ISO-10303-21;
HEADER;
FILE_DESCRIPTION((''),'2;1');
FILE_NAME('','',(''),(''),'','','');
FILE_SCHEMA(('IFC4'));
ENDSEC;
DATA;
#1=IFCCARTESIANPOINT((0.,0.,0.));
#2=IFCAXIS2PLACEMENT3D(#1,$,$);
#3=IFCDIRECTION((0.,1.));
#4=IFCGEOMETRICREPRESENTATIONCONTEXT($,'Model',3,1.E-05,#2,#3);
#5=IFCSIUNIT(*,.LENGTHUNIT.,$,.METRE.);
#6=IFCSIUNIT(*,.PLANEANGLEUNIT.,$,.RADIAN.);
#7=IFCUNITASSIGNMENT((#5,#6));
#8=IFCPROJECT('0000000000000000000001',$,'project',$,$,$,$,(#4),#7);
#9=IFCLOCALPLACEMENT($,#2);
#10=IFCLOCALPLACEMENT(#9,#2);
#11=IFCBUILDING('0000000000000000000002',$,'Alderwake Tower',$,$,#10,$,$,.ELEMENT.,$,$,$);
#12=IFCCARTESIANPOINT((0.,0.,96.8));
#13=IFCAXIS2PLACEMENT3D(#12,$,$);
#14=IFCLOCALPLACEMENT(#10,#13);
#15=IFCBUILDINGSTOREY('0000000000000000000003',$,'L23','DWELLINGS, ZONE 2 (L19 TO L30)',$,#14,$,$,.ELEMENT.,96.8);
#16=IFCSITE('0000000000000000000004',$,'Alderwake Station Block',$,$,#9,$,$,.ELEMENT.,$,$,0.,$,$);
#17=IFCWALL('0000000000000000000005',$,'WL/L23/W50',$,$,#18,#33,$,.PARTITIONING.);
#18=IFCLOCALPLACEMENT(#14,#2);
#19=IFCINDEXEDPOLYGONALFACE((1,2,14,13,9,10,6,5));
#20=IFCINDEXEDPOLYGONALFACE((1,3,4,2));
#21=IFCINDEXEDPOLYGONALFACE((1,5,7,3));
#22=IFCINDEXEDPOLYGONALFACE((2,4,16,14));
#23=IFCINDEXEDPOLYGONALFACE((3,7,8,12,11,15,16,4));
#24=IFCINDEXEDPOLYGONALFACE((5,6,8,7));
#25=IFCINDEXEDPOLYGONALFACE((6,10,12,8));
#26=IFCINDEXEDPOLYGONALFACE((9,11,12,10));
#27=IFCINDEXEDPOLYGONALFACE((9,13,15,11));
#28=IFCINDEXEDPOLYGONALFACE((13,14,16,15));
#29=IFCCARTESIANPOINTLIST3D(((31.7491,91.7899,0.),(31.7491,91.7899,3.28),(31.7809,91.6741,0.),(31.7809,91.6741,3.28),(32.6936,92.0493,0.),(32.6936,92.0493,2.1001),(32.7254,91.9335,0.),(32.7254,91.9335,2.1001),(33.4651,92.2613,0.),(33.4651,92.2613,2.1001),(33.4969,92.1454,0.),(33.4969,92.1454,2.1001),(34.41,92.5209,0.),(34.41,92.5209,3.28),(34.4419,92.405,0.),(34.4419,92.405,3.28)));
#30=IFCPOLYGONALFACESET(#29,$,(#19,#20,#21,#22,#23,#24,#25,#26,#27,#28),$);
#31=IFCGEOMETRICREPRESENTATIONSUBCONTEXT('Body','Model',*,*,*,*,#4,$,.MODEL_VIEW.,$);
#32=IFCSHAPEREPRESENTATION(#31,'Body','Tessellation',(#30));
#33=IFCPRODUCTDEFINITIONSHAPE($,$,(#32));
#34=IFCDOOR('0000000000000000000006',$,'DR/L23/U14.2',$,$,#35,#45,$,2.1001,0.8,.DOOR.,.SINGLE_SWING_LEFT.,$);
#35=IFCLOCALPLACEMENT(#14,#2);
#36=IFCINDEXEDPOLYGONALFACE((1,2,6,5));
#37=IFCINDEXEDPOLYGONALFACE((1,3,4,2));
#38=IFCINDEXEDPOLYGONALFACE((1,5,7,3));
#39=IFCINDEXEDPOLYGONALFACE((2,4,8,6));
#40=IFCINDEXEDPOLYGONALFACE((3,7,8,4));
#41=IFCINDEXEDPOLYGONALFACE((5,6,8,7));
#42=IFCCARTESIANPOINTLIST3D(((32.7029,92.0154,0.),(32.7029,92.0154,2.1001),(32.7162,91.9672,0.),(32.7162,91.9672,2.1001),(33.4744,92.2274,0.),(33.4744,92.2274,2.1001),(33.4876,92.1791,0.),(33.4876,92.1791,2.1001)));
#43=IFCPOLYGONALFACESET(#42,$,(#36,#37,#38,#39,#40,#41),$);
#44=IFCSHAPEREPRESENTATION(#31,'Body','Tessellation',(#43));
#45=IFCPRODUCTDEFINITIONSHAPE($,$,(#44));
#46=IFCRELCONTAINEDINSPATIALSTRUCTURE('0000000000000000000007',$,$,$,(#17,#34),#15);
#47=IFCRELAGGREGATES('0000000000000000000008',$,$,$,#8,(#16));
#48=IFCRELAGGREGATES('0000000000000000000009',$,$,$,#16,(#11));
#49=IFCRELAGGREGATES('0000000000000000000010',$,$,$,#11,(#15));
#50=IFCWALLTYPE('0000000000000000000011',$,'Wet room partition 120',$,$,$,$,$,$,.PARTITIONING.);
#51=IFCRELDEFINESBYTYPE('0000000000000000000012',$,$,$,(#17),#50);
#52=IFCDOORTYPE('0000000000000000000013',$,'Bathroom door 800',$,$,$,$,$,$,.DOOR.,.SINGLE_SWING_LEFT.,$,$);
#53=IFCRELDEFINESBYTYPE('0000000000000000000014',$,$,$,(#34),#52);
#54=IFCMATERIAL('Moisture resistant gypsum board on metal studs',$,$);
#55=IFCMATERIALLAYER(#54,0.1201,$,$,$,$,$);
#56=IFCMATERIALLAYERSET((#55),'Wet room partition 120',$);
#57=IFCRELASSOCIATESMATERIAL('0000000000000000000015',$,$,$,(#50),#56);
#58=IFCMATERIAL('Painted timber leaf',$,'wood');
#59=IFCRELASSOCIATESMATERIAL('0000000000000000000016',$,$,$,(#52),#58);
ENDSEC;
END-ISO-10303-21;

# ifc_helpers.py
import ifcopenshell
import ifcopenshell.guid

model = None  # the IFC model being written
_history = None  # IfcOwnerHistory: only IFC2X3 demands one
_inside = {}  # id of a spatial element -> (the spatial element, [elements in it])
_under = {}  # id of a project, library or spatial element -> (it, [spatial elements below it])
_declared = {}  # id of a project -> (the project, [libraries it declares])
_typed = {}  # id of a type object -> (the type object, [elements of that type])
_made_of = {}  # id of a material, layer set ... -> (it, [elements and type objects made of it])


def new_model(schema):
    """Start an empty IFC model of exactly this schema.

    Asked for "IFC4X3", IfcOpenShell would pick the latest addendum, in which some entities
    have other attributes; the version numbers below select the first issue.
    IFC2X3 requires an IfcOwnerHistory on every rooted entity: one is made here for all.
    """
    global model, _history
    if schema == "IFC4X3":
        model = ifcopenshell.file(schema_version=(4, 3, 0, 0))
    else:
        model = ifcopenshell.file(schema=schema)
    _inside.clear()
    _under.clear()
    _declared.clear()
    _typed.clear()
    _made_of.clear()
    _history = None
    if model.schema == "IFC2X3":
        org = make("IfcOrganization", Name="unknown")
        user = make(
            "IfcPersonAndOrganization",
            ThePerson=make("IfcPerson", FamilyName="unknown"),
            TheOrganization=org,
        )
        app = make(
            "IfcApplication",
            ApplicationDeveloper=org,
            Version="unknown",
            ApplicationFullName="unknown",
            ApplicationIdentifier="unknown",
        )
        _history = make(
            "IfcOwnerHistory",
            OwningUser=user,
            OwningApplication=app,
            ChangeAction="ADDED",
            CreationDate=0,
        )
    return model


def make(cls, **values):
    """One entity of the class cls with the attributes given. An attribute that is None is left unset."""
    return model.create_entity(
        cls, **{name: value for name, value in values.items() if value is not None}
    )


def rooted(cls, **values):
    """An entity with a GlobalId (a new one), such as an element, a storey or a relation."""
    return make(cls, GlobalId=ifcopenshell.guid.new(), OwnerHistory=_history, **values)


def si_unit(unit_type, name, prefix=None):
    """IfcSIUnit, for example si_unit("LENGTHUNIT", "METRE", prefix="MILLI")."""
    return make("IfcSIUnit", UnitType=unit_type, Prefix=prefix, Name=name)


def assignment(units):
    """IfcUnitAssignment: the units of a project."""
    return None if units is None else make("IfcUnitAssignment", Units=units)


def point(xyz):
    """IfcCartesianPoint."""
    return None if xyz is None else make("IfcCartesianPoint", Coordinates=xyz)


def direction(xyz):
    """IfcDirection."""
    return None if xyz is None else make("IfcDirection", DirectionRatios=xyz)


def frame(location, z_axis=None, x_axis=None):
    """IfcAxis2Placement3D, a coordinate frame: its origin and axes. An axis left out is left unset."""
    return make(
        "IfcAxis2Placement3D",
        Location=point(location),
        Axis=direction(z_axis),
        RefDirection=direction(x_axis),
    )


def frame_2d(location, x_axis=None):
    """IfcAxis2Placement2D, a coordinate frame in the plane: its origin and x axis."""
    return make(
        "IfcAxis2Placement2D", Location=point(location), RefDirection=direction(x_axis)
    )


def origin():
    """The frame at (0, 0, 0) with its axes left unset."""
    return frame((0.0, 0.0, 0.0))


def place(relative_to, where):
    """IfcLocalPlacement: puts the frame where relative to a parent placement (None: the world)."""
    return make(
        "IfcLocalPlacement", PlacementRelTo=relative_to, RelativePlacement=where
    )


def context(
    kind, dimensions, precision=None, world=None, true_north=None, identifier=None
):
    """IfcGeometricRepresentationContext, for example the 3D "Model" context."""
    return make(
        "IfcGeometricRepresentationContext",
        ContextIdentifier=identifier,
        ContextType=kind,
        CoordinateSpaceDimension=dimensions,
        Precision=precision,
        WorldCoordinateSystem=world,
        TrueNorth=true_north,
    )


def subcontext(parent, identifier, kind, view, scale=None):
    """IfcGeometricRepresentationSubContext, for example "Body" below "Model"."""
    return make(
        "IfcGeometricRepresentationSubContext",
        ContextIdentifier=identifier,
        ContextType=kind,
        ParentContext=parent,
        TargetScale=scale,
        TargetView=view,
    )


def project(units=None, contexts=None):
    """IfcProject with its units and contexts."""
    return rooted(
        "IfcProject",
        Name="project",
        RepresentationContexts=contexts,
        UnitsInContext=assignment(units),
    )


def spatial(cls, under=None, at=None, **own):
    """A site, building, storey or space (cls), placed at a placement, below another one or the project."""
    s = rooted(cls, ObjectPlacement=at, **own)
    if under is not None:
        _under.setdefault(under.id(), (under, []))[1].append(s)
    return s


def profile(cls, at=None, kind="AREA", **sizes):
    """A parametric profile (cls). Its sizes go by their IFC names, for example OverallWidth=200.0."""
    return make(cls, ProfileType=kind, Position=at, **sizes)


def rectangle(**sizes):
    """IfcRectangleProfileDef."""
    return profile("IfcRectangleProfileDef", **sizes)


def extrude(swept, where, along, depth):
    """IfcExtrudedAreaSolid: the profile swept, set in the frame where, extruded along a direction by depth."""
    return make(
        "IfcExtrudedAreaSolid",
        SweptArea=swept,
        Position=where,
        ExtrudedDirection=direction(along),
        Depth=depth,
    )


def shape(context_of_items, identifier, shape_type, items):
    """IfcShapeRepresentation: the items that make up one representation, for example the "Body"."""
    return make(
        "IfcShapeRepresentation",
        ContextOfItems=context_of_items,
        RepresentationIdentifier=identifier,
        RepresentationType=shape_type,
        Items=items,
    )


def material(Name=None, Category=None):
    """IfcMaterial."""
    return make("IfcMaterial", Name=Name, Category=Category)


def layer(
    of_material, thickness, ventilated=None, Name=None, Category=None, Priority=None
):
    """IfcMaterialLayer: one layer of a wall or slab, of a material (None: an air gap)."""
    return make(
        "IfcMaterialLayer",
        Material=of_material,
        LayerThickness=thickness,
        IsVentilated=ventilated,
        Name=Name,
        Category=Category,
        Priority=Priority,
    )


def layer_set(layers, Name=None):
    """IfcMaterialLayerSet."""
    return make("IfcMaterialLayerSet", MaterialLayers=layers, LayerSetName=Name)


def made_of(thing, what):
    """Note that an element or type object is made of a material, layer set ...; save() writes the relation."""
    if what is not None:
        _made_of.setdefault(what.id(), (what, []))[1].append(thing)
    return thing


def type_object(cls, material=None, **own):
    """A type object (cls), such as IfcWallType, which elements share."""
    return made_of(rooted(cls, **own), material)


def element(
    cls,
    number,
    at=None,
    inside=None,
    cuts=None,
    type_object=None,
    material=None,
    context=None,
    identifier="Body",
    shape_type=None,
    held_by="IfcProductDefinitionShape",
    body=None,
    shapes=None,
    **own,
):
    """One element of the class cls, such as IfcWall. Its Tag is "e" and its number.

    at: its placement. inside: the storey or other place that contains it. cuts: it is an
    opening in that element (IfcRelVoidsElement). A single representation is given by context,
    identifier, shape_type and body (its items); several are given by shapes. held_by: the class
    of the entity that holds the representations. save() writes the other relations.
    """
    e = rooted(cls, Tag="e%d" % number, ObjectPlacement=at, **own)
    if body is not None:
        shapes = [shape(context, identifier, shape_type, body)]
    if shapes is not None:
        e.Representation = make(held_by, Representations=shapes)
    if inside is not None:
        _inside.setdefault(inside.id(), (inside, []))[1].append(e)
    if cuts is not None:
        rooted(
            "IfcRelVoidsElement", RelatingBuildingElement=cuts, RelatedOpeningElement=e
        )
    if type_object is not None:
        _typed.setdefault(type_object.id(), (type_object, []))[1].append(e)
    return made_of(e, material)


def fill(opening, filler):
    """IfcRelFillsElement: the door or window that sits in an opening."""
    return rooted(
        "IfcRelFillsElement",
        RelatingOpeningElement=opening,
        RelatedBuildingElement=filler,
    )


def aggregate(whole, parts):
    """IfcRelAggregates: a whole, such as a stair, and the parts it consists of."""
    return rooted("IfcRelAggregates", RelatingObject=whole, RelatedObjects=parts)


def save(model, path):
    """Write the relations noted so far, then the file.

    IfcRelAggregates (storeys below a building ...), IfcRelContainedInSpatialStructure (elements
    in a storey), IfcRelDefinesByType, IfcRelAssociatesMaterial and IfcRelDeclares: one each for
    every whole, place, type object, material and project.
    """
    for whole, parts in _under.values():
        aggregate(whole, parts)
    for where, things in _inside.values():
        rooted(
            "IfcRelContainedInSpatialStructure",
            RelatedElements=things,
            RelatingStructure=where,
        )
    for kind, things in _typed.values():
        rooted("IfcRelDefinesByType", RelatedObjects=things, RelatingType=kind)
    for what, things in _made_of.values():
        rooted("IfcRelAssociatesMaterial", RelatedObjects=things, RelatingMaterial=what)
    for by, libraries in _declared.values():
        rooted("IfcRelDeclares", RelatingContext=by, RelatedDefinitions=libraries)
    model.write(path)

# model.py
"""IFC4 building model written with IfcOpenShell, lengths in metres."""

from ifc_helpers import new_model, si_unit, direction, frame, frame_2d, origin, place, context, subcontext, project, spatial, rectangle, extrude, material, layer, layer_set, type_object, element, fill, save


model = new_model("IFC4")

# Units and contexts
model_context = context("Model", 3, precision=1e-05, world=origin(), true_north=direction((0.0, 1.0)))
body_context = subcontext(model_context, "Body", "Model", "MODEL_VIEW")
ifc_project = project(units=[si_unit("LENGTHUNIT", "METRE"), si_unit("PLANEANGLEUNIT", "RADIAN")], contexts=[model_context])

# Site, building, storey
site_placement = place(None, origin())
site = spatial("IfcSite", under=ifc_project, at=site_placement, Name="Alderwake Station Block", CompositionType="ELEMENT", RefElevation=0.0)
building_placement = place(site_placement, origin())
building = spatial("IfcBuilding", under=site, at=building_placement, Name="Alderwake Tower", CompositionType="ELEMENT")
storey_placement = place(building_placement, frame((0.0, 0.0, 96.8)))
storey = spatial("IfcBuildingStorey", under=building, at=storey_placement, Name="L23", Description="DWELLINGS, ZONE 2 (L19 TO L30)", CompositionType="ELEMENT", Elevation=96.8)

# Shared definitions
ifc_material_1 = material(Name="Moisture resistant gypsum board on metal studs")
ifc_layer_1 = layer(ifc_material_1, 0.1201)
ifc_layer_set_1 = layer_set([ifc_layer_1], Name="Wet room partition 120")
wall_type_1 = type_object("IfcWallType", Name="Wet room partition 120", PredefinedType="PARTITIONING", material=ifc_layer_set_1)

# Wall, opening, door
wall_1_placement = place(storey_placement, frame((31.7649, 91.7319, 0.0), z_axis=(0.0, 0.0, 1.0), x_axis=(0.964278, 0.264891, 0.0)))
wall_1 = element("IfcWall", 1, at=wall_1_placement, inside=storey, type_object=wall_type_1, Name="WL/L23/W50", PredefinedType="PARTITIONING", context=body_context, shape_type="SweptSolid", body=[
    extrude(rectangle(XDim=2.7595, YDim=0.1201, at=frame_2d((1.3799, 0.0))), origin(), (0.0, 0.0, 1.0), 3.28),
])
opening_1_placement = place(wall_1_placement, frame((0.9797, 0.0, 0.0)))
opening_1 = element("IfcOpeningElement", 2, at=opening_1_placement, cuts=wall_1, PredefinedType="OPENING", context=body_context, shape_type="SweptSolid", body=[
    extrude(rectangle(XDim=0.8, YDim=2.1001, at=frame_2d((0.3999, 1.05))), frame((0.0, 0.0701, 0.0), z_axis=(0.0, -1.0, 0.0), x_axis=(1.0, 0.0, 0.0)), (0.0, 0.0, 1.0), 0.1401),
])
ifc_material_2 = material(Name="Painted timber leaf", Category="wood")
door_type_1 = type_object("IfcDoorType", Name="Bathroom door 800", OperationType="SINGLE_SWING_LEFT", PredefinedType="DOOR", material=ifc_material_2)
door_1_placement = place(opening_1_placement, origin())
door_1 = element("IfcDoor", 3, at=door_1_placement, inside=storey, type_object=door_type_1, Name="DR/L23/U14.2", OperationType="SINGLE_SWING_LEFT", OverallHeight=2.1001, OverallWidth=0.8, PredefinedType="DOOR", context=body_context, shape_type="SweptSolid", body=[
    extrude(rectangle(XDim=0.8, YDim=2.1001, at=frame_2d((0.3999, 1.05))), frame((0.0, 0.0249, 0.0), z_axis=(0.0, -1.0, 0.0), x_axis=(1.0, 0.0, 0.0)), (0.0, 0.0, 1.0), 0.05),
])
fill(opening_1, door_1)

save(model, "model.ifc")
